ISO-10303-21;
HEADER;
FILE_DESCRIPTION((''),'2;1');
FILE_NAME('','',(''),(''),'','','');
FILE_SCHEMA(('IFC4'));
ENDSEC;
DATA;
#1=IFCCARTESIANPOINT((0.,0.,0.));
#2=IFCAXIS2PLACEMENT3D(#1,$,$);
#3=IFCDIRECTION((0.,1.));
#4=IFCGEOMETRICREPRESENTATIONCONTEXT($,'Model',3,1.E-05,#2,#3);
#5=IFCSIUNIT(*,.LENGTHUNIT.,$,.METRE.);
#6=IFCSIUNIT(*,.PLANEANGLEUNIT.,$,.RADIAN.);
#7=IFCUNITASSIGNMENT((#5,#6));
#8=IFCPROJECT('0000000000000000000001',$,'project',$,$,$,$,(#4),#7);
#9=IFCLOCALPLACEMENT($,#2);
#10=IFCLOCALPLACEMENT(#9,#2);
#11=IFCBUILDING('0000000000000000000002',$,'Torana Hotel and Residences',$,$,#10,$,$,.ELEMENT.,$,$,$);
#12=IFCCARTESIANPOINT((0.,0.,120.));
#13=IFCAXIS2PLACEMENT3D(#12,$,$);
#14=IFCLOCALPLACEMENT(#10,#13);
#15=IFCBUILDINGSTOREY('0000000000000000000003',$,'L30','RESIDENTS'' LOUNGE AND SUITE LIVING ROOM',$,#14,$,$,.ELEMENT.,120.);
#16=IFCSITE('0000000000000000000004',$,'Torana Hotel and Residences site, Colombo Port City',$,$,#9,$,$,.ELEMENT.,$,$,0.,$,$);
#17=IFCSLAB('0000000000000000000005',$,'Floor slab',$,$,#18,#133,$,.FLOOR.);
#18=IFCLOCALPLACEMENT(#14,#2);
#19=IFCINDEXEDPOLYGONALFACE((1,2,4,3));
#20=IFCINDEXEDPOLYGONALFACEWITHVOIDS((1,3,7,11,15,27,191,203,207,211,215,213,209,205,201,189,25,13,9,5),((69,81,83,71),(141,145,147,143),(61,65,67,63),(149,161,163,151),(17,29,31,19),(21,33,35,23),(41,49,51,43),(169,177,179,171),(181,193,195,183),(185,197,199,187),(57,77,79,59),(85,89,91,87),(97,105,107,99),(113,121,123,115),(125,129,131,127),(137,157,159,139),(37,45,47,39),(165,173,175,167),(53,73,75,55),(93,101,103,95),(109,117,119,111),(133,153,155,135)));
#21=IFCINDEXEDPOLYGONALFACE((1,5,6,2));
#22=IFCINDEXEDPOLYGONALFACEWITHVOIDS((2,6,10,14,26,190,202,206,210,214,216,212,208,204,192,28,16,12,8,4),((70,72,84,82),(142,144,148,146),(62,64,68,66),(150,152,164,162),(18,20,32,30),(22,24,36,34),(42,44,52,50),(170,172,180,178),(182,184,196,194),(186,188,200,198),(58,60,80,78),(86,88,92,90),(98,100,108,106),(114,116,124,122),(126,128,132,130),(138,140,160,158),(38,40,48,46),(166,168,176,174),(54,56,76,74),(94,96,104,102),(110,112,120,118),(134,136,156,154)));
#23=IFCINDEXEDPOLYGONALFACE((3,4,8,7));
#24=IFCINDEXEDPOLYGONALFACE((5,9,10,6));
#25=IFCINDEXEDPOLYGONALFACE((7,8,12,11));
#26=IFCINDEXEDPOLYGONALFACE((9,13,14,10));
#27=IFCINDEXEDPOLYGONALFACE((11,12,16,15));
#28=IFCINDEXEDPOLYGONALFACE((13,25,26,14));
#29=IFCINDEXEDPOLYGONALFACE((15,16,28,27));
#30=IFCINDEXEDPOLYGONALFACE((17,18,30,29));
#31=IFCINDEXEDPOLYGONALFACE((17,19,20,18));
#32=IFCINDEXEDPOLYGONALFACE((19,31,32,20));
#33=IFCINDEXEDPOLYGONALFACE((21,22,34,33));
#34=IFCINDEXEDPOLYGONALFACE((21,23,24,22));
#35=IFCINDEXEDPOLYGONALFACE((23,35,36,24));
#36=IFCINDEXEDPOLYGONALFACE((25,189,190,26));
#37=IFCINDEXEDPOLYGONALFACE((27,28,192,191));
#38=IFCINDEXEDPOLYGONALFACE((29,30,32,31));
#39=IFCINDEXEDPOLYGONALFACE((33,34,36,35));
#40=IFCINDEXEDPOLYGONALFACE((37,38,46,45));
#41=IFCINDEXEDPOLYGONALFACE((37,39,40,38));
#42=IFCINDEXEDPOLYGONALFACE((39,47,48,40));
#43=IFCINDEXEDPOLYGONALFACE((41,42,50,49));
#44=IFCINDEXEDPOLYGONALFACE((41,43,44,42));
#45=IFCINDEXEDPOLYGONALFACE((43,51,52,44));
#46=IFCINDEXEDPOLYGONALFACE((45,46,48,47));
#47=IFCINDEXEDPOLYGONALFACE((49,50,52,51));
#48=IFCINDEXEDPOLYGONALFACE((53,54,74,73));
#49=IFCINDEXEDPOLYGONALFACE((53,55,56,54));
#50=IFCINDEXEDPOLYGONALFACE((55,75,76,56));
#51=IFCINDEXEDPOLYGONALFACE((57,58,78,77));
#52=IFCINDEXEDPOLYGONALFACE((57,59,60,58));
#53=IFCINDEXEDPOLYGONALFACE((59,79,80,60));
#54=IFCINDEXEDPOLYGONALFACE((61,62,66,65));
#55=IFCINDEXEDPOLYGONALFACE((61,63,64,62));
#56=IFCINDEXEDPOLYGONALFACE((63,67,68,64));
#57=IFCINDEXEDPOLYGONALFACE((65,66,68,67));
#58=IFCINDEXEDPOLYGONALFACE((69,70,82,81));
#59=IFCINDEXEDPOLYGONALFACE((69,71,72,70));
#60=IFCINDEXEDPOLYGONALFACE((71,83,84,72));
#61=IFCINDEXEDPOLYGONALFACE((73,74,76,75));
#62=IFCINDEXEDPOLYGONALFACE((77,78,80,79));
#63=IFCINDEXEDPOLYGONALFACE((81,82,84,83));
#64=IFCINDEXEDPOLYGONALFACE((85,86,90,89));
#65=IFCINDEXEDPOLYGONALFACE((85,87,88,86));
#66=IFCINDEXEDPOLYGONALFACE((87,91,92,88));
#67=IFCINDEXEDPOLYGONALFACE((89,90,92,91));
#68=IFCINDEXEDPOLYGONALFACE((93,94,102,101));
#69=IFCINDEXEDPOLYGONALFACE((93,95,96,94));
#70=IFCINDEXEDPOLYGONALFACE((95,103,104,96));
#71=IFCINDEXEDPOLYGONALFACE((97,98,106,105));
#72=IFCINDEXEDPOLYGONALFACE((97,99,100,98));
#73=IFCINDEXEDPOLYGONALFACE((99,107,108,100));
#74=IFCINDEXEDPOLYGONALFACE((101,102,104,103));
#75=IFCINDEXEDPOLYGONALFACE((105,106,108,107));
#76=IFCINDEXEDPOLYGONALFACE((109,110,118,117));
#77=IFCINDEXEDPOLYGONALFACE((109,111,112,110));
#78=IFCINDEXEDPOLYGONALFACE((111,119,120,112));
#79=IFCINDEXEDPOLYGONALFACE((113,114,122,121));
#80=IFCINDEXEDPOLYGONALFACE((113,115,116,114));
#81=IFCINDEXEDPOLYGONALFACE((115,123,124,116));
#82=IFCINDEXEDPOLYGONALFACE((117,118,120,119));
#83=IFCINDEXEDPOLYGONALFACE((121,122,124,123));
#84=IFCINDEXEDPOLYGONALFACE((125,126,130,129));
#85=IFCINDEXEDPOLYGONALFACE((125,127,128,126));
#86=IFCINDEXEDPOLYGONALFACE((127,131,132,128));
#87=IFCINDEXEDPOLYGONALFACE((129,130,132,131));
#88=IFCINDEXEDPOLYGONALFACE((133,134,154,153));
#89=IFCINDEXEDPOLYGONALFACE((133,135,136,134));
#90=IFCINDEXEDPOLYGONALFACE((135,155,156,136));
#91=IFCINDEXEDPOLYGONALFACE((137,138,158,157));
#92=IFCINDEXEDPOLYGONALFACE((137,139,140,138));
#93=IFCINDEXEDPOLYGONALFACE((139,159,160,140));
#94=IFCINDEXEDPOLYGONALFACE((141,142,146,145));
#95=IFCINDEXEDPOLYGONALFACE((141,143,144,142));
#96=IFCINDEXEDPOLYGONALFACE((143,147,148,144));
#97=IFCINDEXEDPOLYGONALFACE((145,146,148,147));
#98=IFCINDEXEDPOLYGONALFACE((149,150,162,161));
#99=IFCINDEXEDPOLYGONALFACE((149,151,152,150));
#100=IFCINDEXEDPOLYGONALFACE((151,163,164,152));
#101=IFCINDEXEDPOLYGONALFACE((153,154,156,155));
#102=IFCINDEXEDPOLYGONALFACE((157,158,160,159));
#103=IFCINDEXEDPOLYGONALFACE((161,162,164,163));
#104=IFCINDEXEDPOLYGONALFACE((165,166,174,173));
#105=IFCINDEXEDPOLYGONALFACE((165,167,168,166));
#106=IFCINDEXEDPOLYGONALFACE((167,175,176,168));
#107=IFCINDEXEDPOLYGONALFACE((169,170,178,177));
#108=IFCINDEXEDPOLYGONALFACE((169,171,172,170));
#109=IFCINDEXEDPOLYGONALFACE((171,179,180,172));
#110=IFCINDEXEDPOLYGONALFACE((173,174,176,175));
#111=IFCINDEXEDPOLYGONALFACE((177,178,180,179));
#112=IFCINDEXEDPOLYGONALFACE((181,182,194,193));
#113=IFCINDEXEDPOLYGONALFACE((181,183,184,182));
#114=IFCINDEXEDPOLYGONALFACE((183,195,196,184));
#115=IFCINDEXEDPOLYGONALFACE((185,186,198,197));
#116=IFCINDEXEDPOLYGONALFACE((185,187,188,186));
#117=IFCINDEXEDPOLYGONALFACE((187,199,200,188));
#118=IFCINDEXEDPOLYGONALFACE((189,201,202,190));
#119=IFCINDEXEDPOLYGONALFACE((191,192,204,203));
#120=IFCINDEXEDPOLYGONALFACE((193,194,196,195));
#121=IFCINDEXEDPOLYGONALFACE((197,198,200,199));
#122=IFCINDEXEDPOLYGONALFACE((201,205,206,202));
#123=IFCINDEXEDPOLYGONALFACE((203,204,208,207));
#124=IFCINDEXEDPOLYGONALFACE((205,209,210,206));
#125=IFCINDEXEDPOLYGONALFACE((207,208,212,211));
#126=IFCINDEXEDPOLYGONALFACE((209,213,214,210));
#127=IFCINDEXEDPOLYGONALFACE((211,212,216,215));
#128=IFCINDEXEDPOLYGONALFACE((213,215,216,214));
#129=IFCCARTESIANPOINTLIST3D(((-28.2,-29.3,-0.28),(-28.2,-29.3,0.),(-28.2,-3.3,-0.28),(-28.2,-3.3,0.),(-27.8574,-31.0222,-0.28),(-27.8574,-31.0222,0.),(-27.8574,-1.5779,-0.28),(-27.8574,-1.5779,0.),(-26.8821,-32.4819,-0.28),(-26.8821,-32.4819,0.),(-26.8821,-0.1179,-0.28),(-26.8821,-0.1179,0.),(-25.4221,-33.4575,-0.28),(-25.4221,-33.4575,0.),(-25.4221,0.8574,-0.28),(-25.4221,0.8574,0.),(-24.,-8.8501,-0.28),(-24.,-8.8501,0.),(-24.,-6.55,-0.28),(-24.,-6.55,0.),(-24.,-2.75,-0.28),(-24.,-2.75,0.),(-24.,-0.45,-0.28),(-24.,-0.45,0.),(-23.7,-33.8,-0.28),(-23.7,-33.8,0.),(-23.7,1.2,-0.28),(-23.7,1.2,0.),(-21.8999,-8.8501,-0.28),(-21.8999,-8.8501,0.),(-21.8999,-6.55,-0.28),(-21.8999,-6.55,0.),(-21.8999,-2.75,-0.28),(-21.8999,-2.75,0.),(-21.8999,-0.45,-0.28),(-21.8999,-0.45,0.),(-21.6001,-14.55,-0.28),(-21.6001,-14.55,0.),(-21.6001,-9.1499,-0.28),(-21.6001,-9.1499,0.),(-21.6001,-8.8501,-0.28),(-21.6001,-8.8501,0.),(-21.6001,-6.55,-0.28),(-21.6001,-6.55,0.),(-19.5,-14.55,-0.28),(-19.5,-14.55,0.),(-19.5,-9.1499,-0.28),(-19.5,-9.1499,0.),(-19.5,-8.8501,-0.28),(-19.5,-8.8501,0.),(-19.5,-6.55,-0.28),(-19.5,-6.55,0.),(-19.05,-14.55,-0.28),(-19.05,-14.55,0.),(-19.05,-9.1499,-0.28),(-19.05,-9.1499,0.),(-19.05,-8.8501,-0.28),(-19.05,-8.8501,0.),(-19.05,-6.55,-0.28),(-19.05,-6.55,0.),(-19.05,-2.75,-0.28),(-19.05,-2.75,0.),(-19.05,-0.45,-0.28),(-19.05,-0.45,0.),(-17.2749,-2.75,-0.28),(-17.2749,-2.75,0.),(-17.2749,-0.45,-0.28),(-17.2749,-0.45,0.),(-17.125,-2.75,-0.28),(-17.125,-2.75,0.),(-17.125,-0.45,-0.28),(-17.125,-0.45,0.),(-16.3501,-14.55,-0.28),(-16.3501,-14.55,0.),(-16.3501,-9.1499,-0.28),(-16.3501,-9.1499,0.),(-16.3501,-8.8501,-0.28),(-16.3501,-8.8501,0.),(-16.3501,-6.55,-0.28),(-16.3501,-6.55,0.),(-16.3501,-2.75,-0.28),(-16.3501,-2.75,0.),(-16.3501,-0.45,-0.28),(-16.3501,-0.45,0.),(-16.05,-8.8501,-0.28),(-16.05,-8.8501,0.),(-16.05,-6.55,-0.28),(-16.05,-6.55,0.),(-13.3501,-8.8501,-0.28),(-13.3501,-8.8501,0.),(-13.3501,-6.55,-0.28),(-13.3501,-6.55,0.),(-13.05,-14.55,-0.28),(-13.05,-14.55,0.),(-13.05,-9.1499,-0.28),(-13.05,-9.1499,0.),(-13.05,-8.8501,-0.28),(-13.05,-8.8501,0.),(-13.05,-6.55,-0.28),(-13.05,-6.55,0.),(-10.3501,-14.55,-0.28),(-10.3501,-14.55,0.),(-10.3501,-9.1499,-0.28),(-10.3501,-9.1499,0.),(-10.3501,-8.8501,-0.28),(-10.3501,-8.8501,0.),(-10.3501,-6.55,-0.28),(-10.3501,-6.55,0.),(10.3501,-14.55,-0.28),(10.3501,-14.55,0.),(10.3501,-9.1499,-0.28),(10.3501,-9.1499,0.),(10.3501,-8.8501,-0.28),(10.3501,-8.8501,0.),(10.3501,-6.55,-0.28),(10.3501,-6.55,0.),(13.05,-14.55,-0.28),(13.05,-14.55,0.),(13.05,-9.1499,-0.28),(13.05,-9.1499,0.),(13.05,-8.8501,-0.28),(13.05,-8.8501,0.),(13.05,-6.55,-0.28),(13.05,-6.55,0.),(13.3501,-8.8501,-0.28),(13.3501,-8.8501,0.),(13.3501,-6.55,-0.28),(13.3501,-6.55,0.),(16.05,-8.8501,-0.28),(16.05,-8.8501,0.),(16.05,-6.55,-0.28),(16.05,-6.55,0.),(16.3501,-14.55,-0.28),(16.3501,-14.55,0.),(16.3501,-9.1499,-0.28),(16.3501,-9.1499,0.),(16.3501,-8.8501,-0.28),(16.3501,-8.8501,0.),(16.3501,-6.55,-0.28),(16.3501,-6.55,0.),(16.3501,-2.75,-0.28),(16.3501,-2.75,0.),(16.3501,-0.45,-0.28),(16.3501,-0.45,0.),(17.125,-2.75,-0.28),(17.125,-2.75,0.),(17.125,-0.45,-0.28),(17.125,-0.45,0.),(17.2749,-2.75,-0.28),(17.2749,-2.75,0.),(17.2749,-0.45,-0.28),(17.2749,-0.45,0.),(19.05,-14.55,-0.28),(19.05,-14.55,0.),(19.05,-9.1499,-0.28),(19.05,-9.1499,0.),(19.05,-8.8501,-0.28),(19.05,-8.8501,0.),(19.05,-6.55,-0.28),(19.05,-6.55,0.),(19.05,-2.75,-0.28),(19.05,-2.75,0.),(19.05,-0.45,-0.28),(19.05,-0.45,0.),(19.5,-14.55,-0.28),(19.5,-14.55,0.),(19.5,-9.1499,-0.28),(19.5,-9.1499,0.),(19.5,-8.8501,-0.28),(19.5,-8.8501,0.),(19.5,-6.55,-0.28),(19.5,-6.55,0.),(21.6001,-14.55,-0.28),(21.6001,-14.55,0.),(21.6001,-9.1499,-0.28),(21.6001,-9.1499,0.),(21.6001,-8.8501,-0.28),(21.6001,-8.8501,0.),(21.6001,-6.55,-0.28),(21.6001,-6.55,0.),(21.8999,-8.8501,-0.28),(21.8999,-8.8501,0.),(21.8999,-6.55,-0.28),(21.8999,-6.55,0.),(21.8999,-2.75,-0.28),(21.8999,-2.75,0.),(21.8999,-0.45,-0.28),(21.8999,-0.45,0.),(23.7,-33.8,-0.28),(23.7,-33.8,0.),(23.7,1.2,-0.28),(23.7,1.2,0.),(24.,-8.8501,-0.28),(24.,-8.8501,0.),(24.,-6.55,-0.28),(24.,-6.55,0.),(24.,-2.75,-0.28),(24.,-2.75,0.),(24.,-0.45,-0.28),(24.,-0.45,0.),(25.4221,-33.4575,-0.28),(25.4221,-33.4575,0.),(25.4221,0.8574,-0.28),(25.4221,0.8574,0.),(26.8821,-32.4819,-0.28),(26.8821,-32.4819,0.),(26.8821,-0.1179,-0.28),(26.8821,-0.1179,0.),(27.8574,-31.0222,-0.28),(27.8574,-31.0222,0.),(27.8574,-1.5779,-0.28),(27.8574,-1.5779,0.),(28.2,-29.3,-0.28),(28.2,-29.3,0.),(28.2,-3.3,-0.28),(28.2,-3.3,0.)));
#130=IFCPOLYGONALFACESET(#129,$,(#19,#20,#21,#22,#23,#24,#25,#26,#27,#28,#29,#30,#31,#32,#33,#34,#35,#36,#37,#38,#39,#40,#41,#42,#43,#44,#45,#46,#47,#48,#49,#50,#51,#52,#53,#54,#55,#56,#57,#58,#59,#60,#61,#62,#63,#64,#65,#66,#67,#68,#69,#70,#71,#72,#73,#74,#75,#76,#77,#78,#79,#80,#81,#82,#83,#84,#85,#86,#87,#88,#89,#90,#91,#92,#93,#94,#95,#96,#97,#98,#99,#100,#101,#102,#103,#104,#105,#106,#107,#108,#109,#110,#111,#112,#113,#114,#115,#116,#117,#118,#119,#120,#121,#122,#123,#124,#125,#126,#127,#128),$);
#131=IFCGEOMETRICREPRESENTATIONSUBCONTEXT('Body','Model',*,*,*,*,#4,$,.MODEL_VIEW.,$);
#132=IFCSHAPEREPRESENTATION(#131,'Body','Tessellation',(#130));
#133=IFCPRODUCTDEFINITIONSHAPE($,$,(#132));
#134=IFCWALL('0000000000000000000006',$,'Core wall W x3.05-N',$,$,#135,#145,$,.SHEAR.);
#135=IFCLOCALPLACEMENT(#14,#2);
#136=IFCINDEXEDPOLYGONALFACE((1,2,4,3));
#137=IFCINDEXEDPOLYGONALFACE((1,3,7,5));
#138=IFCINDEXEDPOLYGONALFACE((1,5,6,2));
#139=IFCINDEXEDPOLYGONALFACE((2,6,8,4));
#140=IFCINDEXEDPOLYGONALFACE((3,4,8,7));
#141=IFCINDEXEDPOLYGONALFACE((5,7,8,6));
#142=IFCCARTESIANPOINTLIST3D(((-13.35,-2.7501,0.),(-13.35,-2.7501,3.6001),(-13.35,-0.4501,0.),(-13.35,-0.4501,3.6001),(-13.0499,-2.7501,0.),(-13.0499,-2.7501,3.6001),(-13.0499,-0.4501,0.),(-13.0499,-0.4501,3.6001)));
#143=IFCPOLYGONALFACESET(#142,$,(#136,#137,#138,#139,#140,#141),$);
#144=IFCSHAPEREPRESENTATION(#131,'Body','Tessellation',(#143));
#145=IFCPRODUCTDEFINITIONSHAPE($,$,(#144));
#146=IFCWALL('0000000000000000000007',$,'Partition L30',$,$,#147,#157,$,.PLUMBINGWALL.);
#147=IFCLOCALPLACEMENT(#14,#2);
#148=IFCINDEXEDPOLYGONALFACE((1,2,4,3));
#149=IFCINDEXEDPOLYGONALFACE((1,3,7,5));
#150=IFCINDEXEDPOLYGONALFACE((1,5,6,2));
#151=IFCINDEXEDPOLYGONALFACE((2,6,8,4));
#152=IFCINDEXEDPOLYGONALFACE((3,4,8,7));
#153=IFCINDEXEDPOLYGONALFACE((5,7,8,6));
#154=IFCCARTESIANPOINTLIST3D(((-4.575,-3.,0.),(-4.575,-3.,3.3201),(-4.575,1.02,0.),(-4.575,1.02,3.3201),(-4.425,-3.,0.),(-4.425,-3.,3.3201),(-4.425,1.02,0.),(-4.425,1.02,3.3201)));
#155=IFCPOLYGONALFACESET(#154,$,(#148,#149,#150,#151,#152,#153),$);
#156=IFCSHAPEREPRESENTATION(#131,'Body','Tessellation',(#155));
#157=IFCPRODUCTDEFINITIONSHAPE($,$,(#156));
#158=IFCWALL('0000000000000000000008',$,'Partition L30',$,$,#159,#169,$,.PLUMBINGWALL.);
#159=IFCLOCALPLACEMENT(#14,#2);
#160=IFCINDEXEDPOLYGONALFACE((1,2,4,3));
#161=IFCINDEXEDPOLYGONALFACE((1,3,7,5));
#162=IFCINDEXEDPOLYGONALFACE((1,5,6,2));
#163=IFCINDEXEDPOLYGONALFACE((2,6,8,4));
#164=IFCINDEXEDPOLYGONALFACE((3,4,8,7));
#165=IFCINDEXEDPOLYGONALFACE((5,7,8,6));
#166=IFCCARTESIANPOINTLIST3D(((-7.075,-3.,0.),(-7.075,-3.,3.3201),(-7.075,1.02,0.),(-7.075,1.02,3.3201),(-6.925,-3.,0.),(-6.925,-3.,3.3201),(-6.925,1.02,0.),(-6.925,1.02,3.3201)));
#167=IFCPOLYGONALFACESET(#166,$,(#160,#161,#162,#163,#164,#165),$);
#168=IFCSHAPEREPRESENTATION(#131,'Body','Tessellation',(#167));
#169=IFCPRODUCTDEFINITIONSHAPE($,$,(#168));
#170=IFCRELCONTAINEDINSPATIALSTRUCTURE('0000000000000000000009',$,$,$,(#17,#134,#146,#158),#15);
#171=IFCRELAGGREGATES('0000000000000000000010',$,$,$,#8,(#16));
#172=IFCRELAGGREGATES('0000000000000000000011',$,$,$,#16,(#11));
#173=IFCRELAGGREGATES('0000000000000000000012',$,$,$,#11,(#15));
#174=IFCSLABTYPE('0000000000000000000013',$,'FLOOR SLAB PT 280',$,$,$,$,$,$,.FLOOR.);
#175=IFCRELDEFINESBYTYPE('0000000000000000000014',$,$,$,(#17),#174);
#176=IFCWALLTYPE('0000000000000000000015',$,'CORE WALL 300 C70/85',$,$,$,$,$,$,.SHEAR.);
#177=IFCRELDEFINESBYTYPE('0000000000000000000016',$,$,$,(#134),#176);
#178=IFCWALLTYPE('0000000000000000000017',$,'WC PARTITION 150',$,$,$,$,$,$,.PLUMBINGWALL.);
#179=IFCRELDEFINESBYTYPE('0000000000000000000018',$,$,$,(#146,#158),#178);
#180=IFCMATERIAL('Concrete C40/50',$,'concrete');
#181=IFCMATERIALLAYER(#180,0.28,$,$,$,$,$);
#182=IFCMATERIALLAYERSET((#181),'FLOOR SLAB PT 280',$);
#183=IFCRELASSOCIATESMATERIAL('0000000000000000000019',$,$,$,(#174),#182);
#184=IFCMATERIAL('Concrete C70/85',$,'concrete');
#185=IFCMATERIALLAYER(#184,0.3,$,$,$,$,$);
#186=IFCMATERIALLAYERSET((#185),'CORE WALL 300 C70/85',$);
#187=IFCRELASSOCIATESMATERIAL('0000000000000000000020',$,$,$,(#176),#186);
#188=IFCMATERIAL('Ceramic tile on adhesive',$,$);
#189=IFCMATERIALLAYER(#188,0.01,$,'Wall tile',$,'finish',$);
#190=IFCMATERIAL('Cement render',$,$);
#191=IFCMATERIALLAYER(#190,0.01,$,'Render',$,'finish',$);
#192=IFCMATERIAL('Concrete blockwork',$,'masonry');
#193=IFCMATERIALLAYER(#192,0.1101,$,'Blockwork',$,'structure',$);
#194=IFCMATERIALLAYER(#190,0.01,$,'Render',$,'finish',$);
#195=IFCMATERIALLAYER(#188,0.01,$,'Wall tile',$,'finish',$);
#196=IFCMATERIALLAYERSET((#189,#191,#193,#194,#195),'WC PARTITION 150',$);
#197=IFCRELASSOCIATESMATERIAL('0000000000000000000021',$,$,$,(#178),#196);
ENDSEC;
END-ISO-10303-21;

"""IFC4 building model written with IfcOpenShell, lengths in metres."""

from ifc_helpers import new_model, si_unit, direction, frame, frame_2d, origin, place, context, subcontext, project, spatial, polyline, rectangle, outline, extrude, material, layer, layer_set, type_object, element, save


model = new_model("IFC4")

# Units and contexts
model_context = context("Model", 3, precision=1e-05, world=origin(), true_north=direction((0.0, 1.0)))
body_context = subcontext(model_context, "Body", "Model", "MODEL_VIEW")
ifc_project = project(units=[si_unit("LENGTHUNIT", "METRE"), si_unit("PLANEANGLEUNIT", "RADIAN")], contexts=[model_context])

# Site, building, storey
site_placement = place(None, origin())
site = spatial("IfcSite", under=ifc_project, at=site_placement, Name="Torana Hotel and Residences site, Colombo Port City", CompositionType="ELEMENT", RefElevation=0.0)
building_placement = place(site_placement, origin())
building = spatial("IfcBuilding", under=site, at=building_placement, Name="Torana Hotel and Residences", CompositionType="ELEMENT")
storey_placement = place(building_placement, frame((0.0, 0.0, 120.0)))
storey = spatial("IfcBuildingStorey", under=building, at=storey_placement, Name="L30", Description="RESIDENTS' LOUNGE AND SUITE LIVING ROOM", CompositionType="ELEMENT", Elevation=120.0)

# Slab
ifc_material_1 = material(Name="Concrete C40/50", Category="concrete")
ifc_layer_1 = layer(ifc_material_1, 0.28)
ifc_layer_set_1 = layer_set([ifc_layer_1], Name="FLOOR SLAB PT 280")
slab_type_1 = type_object("IfcSlabType", Name="FLOOR SLAB PT 280", PredefinedType="FLOOR", material=ifc_layer_set_1)
slab_1_placement = place(storey_placement, frame((0.0, 0.0, -0.28)))
element("IfcSlab", 1, at=slab_1_placement, inside=storey, type_object=slab_type_1, Name="Floor slab", PredefinedType="FLOOR", context=body_context, shape_type="SweptSolid", body=[
    extrude(outline(polyline([(28.2, -3.3), (27.8574, -1.5779), (26.8821, -0.1179), (25.4221, 0.8574), (23.7, 1.2), (-23.7, 1.2), (-25.4221, 0.8574), (-26.8821, -0.1179), (-27.8574, -1.5779), (-28.2, -3.3), (-28.2, -29.3), (-27.8574, -31.0222), (-26.8821, -32.4819), (-25.4221, -33.4575), (-23.7, -33.8), (23.7, -33.8), (25.4221, -33.4575), (26.8821, -32.4819), (27.8574, -31.0222), (28.2, -29.3), (28.2, -3.3)]), holes=[polyline([(-13.05, -14.55), (-10.3501, -14.55), (-10.3501, -9.1499), (-13.05, -9.1499), (-13.05, -14.55)]), polyline([(-19.05, -14.55), (-16.3501, -14.55), (-16.3501, -9.1499), (-19.05, -9.1499), (-19.05, -14.55)]), polyline([(-17.125, -2.75), (-16.3501, -2.75), (-16.3501, -0.45), (-17.125, -0.45), (-17.125, -2.75)]), polyline([(-19.05, -2.75), (-17.2749, -2.75), (-17.2749, -0.45), (-19.05, -0.45), (-19.05, -2.75)]), polyline([(-21.6001, -8.8501), (-19.5, -8.8501), (-19.5, -6.55), (-21.6001, -6.55), (-21.6001, -8.8501)]), polyline([(-24.0, -2.75), (-21.8999, -2.75), (-21.8999, -0.45), (-24.0, -0.45), (-24.0, -2.75)]), polyline([(-24.0, -8.8501), (-21.8999, -8.8501), (-21.8999, -6.55), (-24.0, -6.55), (-24.0, -8.8501)]), polyline([(-13.05, -8.8501), (-10.3501, -8.8501), (-10.3501, -6.55), (-13.05, -6.55), (-13.05, -8.8501)]), polyline([(-16.05, -8.8501), (-13.3501, -8.8501), (-13.3501, -6.55), (-16.05, -6.55), (-16.05, -8.8501)]), polyline([(-19.05, -8.8501), (-16.3501, -8.8501), (-16.3501, -6.55), (-19.05, -6.55), (-19.05, -8.8501)]), polyline([(-21.6001, -14.55), (-19.5, -14.55), (-19.5, -9.1499), (-21.6001, -9.1499), (-21.6001, -14.55)]), polyline([(10.3501, -14.55), (13.05, -14.55), (13.05, -9.1499), (10.3501, -9.1499), (10.3501, -14.55)]), polyline([(16.3501, -14.55), (19.05, -14.55), (19.05, -9.1499), (16.3501, -9.1499), (16.3501, -14.55)]), polyline([(16.3501, -2.75), (17.125, -2.75), (17.125, -0.45), (16.3501, -0.45), (16.3501, -2.75)]), polyline([(17.2749, -2.75), (19.05, -2.75), (19.05, -0.45), (17.2749, -0.45), (17.2749, -2.75)]), polyline([(19.5, -8.8501), (21.6001, -8.8501), (21.6001, -6.55), (19.5, -6.55), (19.5, -8.8501)]), polyline([(21.8999, -2.75), (24.0, -2.75), (24.0, -0.45), (21.8999, -0.45), (21.8999, -2.75)]), polyline([(21.8999, -8.8501), (24.0, -8.8501), (24.0, -6.55), (21.8999, -6.55), (21.8999, -8.8501)]), polyline([(10.3501, -8.8501), (13.05, -8.8501), (13.05, -6.55), (10.3501, -6.55), (10.3501, -8.8501)]), polyline([(13.3501, -8.8501), (16.05, -8.8501), (16.05, -6.55), (13.3501, -6.55), (13.3501, -8.8501)]), polyline([(16.3501, -8.8501), (19.05, -8.8501), (19.05, -6.55), (16.3501, -6.55), (16.3501, -8.8501)]), polyline([(19.5, -14.55), (21.6001, -14.55), (21.6001, -9.1499), (19.5, -9.1499), (19.5, -14.55)])]), origin(), (0.0, 0.0, 1.0), 0.28),
])

# Walls
ifc_material_2 = material(Name="Concrete C70/85", Category="concrete")
ifc_layer_2 = layer(ifc_material_2, 0.3)
ifc_layer_set_2 = layer_set([ifc_layer_2], Name="CORE WALL 300 C70/85")
wall_type_1 = type_object("IfcWallType", Name="CORE WALL 300 C70/85", PredefinedType="SHEAR", material=ifc_layer_set_2)
wall_1_placement = place(storey_placement, frame((-13.2, -2.75, 0.0), z_axis=(0.0, 0.0, 1.0), x_axis=(0.0, 1.0, 0.0)))
element("IfcWall", 2, at=wall_1_placement, inside=storey, type_object=wall_type_1, Name="Core wall W x3.05-N", PredefinedType="SHEAR", context=body_context, shape_type="SweptSolid", body=[
    extrude(rectangle(XDim=2.3, YDim=0.3, at=frame_2d((1.1499, 0.0))), origin(), (0.0, 0.0, 1.0), 3.6001),
])
ifc_material_3 = material(Name="Ceramic tile on adhesive")
ifc_layer_3 = layer(ifc_material_3, 0.01, Name="Wall tile", Category="finish")
ifc_material_4 = material(Name="Cement render")
ifc_layer_4 = layer(ifc_material_4, 0.01, Name="Render", Category="finish")
ifc_material_5 = material(Name="Concrete blockwork", Category="masonry")
ifc_layer_5 = layer(ifc_material_5, 0.1101, Name="Blockwork", Category="structure")
ifc_layer_6 = layer(ifc_material_4, 0.01, Name="Render", Category="finish")
ifc_layer_7 = layer(ifc_material_3, 0.01, Name="Wall tile", Category="finish")
ifc_layer_set_3 = layer_set([ifc_layer_3, ifc_layer_4, ifc_layer_5, ifc_layer_6, ifc_layer_7], Name="WC PARTITION 150")
wall_type_2 = type_object("IfcWallType", Name="WC PARTITION 150", PredefinedType="PLUMBINGWALL", material=ifc_layer_set_3)
for number, where, z_axis, x_axis, name in (
    (3, (-4.5, -3.0, 0.0), (0.0, 0.0, 1.0), (0.0, 1.0, 0.0), "Partition L30"),
    (4, (-7.0, -3.0, 0.0), (0.0, 0.0, 1.0), (0.0, 1.0, 0.0), "Partition L30"),
):
    element("IfcWall", number, at=place(storey_placement, frame(where, z_axis=z_axis, x_axis=x_axis)), inside=storey, type_object=wall_type_2, Name=name, PredefinedType="PLUMBINGWALL", context=body_context, shape_type="SweptSolid", body=[
        extrude(rectangle(XDim=4.02, YDim=0.1499, at=frame_2d((2.01, 0.0))), origin(), (0.0, 0.0, 1.0), 3.3201),
    ])

save(model, "model.ifc")
